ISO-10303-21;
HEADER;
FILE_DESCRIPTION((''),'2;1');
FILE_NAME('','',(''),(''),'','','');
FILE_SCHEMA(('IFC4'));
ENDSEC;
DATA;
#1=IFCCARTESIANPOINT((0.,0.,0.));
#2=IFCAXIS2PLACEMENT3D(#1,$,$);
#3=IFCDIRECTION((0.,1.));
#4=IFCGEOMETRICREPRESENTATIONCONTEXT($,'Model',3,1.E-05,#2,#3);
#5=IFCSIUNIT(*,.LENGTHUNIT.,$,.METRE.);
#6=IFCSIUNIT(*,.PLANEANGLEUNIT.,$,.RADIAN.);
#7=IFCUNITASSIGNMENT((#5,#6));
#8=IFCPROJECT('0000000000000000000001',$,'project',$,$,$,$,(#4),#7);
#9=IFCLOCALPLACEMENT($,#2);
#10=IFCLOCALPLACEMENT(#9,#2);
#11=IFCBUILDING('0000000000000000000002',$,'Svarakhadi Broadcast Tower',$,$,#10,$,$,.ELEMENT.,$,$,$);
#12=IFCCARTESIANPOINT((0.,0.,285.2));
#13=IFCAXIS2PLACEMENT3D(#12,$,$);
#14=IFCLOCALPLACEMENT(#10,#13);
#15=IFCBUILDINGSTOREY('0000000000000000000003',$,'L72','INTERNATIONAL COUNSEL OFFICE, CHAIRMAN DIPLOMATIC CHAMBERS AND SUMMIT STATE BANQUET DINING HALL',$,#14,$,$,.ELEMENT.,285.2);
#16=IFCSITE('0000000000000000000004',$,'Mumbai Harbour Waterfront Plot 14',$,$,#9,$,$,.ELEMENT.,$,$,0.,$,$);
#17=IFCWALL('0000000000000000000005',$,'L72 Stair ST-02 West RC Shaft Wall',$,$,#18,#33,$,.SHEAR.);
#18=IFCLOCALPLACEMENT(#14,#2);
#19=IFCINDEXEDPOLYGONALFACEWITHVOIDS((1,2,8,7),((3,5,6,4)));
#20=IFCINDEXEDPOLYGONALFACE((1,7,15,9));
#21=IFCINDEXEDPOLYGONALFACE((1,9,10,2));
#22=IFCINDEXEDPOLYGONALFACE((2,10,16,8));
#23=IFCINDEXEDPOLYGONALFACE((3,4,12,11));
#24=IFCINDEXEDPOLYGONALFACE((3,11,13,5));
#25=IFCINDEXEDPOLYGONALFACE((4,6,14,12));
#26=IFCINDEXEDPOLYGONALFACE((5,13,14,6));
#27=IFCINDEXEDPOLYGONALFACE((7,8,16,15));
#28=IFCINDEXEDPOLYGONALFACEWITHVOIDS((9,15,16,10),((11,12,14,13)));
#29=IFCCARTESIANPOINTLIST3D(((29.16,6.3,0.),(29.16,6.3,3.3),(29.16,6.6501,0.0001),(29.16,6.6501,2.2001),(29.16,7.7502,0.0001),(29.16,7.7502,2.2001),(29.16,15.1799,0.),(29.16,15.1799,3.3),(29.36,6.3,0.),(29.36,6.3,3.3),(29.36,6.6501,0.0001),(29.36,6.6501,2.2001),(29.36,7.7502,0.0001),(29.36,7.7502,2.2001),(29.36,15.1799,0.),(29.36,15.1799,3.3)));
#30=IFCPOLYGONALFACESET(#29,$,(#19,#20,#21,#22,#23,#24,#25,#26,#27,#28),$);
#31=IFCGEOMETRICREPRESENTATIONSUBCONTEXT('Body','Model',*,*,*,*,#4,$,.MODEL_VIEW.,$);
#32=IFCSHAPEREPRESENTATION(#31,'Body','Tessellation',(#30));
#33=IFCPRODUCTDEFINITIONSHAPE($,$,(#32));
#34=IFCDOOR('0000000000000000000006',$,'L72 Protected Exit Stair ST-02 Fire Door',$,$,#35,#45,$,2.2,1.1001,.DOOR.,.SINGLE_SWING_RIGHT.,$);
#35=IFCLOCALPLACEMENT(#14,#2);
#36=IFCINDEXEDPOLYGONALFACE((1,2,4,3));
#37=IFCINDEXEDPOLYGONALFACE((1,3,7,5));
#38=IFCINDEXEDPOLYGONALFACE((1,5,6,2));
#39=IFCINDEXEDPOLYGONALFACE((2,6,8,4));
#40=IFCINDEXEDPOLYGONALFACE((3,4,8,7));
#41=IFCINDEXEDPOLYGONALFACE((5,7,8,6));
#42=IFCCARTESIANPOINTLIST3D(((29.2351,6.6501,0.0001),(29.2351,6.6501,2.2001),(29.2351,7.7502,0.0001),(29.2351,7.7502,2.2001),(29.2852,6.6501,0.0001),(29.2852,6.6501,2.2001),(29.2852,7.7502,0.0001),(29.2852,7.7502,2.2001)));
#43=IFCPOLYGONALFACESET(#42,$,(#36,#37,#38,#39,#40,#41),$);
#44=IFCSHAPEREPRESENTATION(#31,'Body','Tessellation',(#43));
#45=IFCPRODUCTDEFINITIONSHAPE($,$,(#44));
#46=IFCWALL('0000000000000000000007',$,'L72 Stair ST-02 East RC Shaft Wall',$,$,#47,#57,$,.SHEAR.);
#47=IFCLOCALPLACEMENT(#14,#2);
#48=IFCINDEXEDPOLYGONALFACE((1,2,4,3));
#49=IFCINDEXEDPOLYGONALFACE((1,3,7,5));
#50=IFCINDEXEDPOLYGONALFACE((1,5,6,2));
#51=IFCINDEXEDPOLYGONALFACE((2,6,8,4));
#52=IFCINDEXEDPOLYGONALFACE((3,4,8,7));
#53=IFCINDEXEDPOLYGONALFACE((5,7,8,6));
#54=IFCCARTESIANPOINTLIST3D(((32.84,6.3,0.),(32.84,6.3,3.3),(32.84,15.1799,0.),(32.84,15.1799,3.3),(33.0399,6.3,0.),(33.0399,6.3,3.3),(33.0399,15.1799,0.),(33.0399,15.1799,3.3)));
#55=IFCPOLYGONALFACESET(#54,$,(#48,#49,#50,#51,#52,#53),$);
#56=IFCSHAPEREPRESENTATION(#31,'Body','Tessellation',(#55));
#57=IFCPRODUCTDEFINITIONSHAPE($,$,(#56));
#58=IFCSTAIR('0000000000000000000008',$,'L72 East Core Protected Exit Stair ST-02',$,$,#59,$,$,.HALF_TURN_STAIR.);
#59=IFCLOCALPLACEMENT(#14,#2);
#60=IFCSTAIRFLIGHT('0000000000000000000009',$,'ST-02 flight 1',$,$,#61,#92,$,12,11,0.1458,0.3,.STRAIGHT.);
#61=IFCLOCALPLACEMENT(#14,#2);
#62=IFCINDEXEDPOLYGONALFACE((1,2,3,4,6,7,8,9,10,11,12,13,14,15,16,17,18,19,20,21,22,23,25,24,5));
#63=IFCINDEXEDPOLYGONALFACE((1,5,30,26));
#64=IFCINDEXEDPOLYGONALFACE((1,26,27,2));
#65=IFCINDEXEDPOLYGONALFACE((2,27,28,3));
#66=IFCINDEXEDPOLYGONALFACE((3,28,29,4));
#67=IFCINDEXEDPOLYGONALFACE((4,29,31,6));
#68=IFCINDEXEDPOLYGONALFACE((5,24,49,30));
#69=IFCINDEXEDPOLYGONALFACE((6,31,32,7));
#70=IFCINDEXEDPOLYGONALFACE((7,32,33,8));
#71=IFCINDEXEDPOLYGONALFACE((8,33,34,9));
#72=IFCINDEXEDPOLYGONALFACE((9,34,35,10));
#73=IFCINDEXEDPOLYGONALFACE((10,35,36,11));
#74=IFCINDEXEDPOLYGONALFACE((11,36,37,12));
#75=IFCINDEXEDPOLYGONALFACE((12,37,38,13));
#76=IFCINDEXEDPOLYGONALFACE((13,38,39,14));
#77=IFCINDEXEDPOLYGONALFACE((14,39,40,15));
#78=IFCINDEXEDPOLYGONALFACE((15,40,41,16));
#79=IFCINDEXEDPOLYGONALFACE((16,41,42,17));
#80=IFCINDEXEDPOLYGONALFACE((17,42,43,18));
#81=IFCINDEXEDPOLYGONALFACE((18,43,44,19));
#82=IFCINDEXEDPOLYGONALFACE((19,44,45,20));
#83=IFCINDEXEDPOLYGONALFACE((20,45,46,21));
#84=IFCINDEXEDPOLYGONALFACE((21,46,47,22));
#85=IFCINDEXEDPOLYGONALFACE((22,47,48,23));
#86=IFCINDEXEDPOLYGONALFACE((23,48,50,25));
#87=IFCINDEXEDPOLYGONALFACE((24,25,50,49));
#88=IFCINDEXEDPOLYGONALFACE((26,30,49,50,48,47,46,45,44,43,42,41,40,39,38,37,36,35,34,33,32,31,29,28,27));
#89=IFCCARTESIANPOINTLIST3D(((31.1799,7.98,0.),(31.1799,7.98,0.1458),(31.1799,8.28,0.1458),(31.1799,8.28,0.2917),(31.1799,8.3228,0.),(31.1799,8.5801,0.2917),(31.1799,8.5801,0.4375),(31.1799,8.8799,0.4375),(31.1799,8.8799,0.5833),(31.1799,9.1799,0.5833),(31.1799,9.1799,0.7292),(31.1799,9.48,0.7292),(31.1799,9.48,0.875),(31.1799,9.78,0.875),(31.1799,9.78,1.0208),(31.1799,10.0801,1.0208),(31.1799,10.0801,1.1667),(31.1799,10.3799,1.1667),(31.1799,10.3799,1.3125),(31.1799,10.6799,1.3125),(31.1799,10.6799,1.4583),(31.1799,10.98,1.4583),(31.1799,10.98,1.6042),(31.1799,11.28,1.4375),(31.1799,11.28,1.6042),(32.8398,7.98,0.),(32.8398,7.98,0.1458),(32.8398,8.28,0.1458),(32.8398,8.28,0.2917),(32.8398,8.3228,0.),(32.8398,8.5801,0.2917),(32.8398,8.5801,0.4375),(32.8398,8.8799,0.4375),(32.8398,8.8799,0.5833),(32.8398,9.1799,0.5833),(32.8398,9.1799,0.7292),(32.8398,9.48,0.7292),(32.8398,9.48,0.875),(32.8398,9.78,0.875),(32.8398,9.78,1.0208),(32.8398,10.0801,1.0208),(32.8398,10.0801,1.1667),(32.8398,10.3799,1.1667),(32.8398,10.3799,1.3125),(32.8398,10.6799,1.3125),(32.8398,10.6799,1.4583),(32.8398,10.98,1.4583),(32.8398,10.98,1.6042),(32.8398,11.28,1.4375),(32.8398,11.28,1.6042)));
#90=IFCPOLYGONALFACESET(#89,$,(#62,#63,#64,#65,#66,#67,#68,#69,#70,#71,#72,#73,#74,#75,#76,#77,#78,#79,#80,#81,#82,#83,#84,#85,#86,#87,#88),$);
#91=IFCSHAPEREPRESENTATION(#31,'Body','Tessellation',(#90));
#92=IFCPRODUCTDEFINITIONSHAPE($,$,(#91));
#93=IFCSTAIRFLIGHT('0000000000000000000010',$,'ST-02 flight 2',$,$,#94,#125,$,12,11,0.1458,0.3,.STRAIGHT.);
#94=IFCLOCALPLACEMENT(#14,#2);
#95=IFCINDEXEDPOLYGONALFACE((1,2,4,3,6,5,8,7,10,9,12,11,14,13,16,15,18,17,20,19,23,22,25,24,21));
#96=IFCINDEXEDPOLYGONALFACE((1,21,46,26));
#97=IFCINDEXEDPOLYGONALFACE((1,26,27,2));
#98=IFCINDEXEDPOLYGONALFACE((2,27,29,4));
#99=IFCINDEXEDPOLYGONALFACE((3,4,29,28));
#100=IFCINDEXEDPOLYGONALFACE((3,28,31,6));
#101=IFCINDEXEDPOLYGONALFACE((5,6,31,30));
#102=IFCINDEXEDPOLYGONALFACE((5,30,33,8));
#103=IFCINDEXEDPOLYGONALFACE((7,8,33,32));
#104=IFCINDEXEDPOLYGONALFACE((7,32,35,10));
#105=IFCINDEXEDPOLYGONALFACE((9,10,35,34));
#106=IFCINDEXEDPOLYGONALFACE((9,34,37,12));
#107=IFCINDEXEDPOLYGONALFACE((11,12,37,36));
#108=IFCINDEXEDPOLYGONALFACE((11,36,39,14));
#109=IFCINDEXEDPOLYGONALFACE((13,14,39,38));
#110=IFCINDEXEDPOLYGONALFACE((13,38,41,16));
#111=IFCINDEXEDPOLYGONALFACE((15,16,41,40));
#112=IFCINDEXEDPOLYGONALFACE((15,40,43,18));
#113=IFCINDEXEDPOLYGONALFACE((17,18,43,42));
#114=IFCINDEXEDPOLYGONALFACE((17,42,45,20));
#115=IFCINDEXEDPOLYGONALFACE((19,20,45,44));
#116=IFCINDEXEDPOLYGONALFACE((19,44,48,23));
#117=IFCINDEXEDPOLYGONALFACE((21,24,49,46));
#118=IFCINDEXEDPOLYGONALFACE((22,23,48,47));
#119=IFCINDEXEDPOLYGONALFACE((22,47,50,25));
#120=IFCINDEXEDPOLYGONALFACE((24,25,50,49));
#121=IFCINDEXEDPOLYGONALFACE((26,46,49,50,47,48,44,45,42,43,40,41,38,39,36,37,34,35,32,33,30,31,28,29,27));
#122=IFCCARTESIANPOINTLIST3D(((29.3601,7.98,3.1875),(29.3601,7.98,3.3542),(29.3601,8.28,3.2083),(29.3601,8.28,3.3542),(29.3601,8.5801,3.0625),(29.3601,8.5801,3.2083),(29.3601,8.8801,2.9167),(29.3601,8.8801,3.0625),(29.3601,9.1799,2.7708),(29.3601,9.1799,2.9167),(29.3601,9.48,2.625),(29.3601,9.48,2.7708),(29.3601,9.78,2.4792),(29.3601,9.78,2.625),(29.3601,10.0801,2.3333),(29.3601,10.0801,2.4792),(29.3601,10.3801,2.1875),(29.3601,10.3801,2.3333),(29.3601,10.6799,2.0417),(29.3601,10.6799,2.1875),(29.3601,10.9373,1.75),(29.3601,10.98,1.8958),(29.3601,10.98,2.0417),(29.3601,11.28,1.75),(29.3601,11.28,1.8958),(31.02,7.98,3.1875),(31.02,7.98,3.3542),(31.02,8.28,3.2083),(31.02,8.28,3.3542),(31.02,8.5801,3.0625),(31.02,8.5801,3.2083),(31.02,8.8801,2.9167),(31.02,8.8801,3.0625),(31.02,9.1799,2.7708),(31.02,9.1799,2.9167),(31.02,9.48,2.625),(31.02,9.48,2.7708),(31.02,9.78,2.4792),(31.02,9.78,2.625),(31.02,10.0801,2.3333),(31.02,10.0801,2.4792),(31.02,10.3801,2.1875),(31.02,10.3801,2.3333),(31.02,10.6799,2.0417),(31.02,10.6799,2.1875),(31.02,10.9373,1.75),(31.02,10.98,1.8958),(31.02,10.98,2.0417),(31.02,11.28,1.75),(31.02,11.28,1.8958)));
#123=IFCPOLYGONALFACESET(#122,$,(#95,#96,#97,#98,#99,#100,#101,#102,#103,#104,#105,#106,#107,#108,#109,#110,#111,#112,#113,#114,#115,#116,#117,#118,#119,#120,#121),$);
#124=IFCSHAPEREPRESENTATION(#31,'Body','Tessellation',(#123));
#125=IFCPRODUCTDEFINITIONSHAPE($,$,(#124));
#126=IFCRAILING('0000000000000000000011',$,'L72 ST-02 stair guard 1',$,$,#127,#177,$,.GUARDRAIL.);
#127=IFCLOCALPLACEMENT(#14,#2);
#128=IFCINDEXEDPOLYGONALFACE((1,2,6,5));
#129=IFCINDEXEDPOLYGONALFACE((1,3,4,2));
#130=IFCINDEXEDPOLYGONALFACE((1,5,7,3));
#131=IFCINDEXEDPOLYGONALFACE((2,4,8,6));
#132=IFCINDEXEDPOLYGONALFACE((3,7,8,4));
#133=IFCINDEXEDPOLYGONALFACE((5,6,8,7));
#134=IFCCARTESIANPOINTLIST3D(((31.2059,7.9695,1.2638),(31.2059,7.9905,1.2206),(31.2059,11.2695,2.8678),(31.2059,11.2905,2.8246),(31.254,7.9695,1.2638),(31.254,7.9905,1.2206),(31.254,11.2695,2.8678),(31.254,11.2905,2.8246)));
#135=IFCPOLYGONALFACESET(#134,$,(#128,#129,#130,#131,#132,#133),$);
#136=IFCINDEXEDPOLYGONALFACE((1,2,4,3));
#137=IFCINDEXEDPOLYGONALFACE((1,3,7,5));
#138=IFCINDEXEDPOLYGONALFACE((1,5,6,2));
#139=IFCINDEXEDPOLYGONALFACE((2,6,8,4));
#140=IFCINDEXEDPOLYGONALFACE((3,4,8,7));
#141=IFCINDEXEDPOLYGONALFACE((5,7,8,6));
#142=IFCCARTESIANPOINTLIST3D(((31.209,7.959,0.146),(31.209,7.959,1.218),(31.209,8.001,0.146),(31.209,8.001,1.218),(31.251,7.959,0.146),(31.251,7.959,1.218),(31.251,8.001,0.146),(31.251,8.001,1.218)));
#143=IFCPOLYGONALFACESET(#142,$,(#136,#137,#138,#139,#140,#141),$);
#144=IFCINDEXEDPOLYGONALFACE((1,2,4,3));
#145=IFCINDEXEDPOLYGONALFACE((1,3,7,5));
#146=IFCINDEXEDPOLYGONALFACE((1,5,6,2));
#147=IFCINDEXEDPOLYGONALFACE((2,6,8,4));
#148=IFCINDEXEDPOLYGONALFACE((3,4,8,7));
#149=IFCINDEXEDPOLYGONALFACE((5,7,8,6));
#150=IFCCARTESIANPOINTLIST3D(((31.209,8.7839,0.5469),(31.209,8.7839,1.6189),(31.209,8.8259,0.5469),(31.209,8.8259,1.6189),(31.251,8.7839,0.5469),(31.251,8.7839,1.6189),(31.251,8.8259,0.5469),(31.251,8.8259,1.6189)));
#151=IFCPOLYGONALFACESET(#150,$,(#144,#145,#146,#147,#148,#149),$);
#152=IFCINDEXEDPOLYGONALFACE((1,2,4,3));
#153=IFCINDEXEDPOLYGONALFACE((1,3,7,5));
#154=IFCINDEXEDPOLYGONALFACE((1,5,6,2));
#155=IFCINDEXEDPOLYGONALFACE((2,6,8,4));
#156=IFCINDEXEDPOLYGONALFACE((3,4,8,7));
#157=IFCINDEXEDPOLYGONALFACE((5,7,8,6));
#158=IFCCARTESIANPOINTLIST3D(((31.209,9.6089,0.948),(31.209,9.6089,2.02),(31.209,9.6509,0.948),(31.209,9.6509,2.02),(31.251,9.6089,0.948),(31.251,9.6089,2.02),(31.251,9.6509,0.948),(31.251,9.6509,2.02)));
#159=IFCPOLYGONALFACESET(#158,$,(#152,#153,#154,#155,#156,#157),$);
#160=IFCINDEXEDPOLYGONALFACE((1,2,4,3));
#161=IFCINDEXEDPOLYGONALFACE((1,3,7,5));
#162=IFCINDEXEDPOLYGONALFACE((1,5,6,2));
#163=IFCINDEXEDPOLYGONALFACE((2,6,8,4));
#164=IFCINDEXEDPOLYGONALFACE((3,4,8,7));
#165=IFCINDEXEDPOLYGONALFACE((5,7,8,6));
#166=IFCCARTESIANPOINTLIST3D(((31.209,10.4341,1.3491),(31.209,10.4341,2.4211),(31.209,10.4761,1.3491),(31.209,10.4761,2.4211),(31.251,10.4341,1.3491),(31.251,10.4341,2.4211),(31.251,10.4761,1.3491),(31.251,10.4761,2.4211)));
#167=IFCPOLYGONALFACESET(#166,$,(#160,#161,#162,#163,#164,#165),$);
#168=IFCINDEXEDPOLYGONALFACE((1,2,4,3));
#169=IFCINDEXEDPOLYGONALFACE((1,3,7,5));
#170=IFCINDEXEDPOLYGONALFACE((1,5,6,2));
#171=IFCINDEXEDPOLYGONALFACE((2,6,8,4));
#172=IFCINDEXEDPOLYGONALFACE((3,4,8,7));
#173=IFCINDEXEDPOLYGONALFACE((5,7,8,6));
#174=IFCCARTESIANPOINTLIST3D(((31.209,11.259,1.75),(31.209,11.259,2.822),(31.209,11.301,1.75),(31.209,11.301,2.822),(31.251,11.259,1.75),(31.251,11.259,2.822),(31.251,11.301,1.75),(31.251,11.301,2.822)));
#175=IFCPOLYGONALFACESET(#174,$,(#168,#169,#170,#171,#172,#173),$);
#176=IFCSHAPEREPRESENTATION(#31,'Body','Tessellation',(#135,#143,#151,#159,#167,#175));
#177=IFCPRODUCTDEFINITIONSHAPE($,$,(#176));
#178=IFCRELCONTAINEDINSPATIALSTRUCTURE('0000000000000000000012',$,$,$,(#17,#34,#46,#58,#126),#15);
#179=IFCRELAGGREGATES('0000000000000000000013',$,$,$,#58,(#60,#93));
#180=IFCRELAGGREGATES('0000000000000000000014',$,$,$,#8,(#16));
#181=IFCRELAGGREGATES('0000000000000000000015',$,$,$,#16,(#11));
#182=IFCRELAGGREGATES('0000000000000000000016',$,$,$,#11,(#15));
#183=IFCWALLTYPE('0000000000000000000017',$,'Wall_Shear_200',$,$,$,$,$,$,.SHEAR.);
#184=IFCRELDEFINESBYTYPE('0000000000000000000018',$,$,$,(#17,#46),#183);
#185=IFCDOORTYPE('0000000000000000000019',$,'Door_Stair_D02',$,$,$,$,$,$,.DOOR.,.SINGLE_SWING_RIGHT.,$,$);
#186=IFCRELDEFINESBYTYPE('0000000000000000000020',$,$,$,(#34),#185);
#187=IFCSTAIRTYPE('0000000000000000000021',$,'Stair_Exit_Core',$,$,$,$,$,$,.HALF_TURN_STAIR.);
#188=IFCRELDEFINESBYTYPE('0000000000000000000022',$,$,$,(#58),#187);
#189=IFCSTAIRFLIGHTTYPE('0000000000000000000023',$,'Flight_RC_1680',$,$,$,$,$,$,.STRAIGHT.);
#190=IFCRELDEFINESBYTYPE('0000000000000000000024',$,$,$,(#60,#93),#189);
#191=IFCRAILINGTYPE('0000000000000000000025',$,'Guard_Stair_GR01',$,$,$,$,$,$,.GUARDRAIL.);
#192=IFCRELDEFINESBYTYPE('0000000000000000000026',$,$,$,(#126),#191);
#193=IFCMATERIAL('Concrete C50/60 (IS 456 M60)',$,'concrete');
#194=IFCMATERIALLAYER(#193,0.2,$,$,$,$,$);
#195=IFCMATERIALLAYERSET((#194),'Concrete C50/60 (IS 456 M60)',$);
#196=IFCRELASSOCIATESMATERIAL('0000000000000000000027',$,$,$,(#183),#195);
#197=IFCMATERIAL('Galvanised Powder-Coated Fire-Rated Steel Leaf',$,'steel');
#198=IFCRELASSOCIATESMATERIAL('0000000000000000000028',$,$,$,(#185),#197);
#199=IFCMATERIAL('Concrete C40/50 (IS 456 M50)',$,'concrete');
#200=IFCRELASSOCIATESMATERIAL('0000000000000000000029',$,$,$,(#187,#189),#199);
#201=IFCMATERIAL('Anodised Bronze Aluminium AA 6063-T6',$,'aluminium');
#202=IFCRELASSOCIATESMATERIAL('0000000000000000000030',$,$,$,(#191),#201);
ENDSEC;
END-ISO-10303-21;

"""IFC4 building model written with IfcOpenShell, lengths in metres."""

from ifc_helpers import new_model, si_unit, direction, frame, frame_2d, origin, origin_2d, place, context, subcontext, project, spatial, polyline, rectangle, outline, extrude, material, layer, layer_set, type_object, element, fill, aggregate, save


model = new_model("IFC4")

# Units and contexts
model_context = context("Model", 3, precision=1e-05, world=origin(), true_north=direction((0.0, 1.0)))
body_context = subcontext(model_context, "Body", "Model", "MODEL_VIEW")
ifc_project = project(units=[si_unit("LENGTHUNIT", "METRE"), si_unit("PLANEANGLEUNIT", "RADIAN")], contexts=[model_context])

# Site, building, storey
site_placement = place(None, origin())
site = spatial("IfcSite", under=ifc_project, at=site_placement, Name="Mumbai Harbour Waterfront Plot 14", CompositionType="ELEMENT", RefElevation=0.0)
building_placement = place(site_placement, origin())
building = spatial("IfcBuilding", under=site, at=building_placement, Name="Svarakhadi Broadcast Tower", CompositionType="ELEMENT")
storey_placement = place(building_placement, frame((0.0, 0.0, 285.2)))
storey = spatial("IfcBuildingStorey", under=building, at=storey_placement, Name="L72", Description="INTERNATIONAL COUNSEL OFFICE, CHAIRMAN DIPLOMATIC CHAMBERS AND SUMMIT STATE BANQUET DINING HALL", CompositionType="ELEMENT", Elevation=285.2)

# Shared definitions
ifc_material_1 = material(Name="Anodised Bronze Aluminium AA 6063-T6", Category="aluminium")

# Shared definitions
ifc_material_2 = material(Name="Concrete C50/60 (IS 456 M60)", Category="concrete")

# Shared definitions
ifc_material_3 = material(Name="Concrete C40/50 (IS 456 M50)", Category="concrete")

# Wall, opening, door
ifc_layer_1 = layer(ifc_material_2, 0.2)
ifc_layer_set_1 = layer_set([ifc_layer_1], Name="Concrete C50/60 (IS 456 M60)")
wall_type_1 = type_object("IfcWallType", Name="Wall_Shear_200", PredefinedType="SHEAR", material=ifc_layer_set_1)
wall_1_placement = place(storey_placement, frame((29.26, 6.3, 0.0), z_axis=(0.0, 0.0, 1.0), x_axis=(0.0, 1.0, 0.0)))
wall_1 = element("IfcWall", 1, at=wall_1_placement, inside=storey, type_object=wall_type_1, Name="L72 Stair ST-02 West RC Shaft Wall", PredefinedType="SHEAR", context=body_context, shape_type="SweptSolid", body=[
    extrude(rectangle(XDim=8.8799, YDim=0.2, at=frame_2d((4.4399, 0.0))), origin(), (0.0, 0.0, 1.0), 3.3),
])
opening_placement = place(wall_1_placement, frame((0.3501, 0.0, 0.0)))
opening = element("IfcOpeningElement", 2, at=opening_placement, cuts=wall_1, PredefinedType="OPENING", context=body_context, shape_type="SweptSolid", body=[
    extrude(rectangle(XDim=1.1001, YDim=2.2, at=frame_2d((0.55, 1.1001))), frame((0.0, 0.1099, 0.0), z_axis=(0.0, -1.0, 0.0), x_axis=(1.0, 0.0, 0.0)), (0.0, 0.0, 1.0), 0.22),
])
ifc_material_4 = material(Name="Galvanised Powder-Coated Fire-Rated Steel Leaf", Category="steel")
door_type = type_object("IfcDoorType", Name="Door_Stair_D02", OperationType="SINGLE_SWING_RIGHT", PredefinedType="DOOR", material=ifc_material_4)
door_placement = place(opening_placement, origin())
door = element("IfcDoor", 3, at=door_placement, inside=storey, type_object=door_type, Name="L72 Protected Exit Stair ST-02 Fire Door", OperationType="SINGLE_SWING_RIGHT", OverallHeight=2.2, OverallWidth=1.1001, PredefinedType="DOOR", context=body_context, shape_type="SweptSolid", body=[
    extrude(rectangle(XDim=1.1001, YDim=2.2, at=frame_2d((0.55, 1.1001))), frame((0.0, 0.0249, 0.0), z_axis=(0.0, -1.0, 0.0), x_axis=(1.0, 0.0, 0.0)), (0.0, 0.0, 1.0), 0.05),
])
fill(opening, door)

# Wall
wall_2_placement = place(storey_placement, frame((32.9399, 6.3, 0.0), z_axis=(0.0, 0.0, 1.0), x_axis=(0.0, 1.0, 0.0)))
element("IfcWall", 4, at=wall_2_placement, inside=storey, type_object=wall_type_1, Name="L72 Stair ST-02 East RC Shaft Wall", PredefinedType="SHEAR", context=body_context, shape_type="SweptSolid", body=[
    extrude(rectangle(XDim=8.8799, YDim=0.2, at=frame_2d((4.4399, 0.0))), origin(), (0.0, 0.0, 1.0), 3.3),
])

# Stair, stair flights
stair_type = type_object("IfcStairType", Name="Stair_Exit_Core", PredefinedType="HALF_TURN_STAIR", material=ifc_material_3)
stair_placement = place(storey_placement, origin())
stair = element("IfcStair", 5, at=stair_placement, inside=storey, type_object=stair_type, Name="L72 East Core Protected Exit Stair ST-02", PredefinedType="HALF_TURN_STAIR")
stair_flight_type = type_object("IfcStairFlightType", Name="Flight_RC_1680", PredefinedType="STRAIGHT", material=ifc_material_3)
stair_flight_1_placement = place(storey_placement, frame((32.01, 7.98, 0.0), z_axis=(0.0, 0.0, 1.0), x_axis=(0.0, 1.0, 0.0)))
stair_flight_1 = element("IfcStairFlight", 6, at=stair_flight_1_placement, type_object=stair_flight_type, Name="ST-02 flight 1", NumberOfRisers=12, NumberOfTreads=11, PredefinedType="STRAIGHT", RiserHeight=0.1458, TreadLength=0.3, context=body_context, shape_type="SweptSolid", body=[
    extrude(outline(polyline([(0.0, 0.0), (0.0, 0.1458), (0.3, 0.1458), (0.3, 0.2917), (0.6001, 0.2917), (0.6001, 0.4375), (0.8999, 0.4375), (0.8999, 0.5833), (1.2, 0.5833), (1.2, 0.7292), (1.5, 0.7292), (1.5, 0.875), (1.8, 0.875), (1.8, 1.0208), (2.1001, 1.0208), (2.1001, 1.1667), (2.3999, 1.1667), (2.3999, 1.3125), (2.7, 1.3125), (2.7, 1.4583), (3.0, 1.4583), (3.0, 1.6042), (3.3, 1.6042), (3.3, 1.75), (3.3, 1.4375), (0.3428, 0.0), (0.0, 0.0)])), frame((0.0, 0.8301, 0.0), z_axis=(0.0, -1.0, 0.0), x_axis=(1.0, 0.0, 0.0)), (0.0, 0.0, 1.0), 1.6599),
])
stair_flight_2_placement = place(storey_placement, frame((30.1899, 11.28, 1.75), z_axis=(0.0, 0.0, 1.0), x_axis=(0.0, -1.0, 0.0)))
stair_flight_2 = element("IfcStairFlight", 7, at=stair_flight_2_placement, type_object=stair_flight_type, Name="ST-02 flight 2", NumberOfRisers=12, NumberOfTreads=11, PredefinedType="STRAIGHT", RiserHeight=0.1458, TreadLength=0.3, context=body_context, shape_type="SweptSolid", body=[
    extrude(outline(polyline([(0.0, 0.0), (0.0, 0.1458), (0.3, 0.1458), (0.3, 0.2917), (0.6001, 0.2917), (0.6001, 0.4375), (0.8999, 0.4375), (0.8999, 0.5833), (1.2, 0.5833), (1.2, 0.7292), (1.5, 0.7292), (1.5, 0.875), (1.8, 0.875), (1.8, 1.0208), (2.1001, 1.0208), (2.1001, 1.1667), (2.3999, 1.1667), (2.3999, 1.3125), (2.7, 1.3125), (2.7, 1.4583), (3.0, 1.4583), (3.0, 1.6042), (3.3, 1.6042), (3.3, 1.75), (3.3, 1.4375), (0.3428, 0.0), (0.0, 0.0)])), frame((0.0, 0.8301, 0.0), z_axis=(0.0, -1.0, 0.0), x_axis=(1.0, 0.0, 0.0)), (0.0, 0.0, 1.0), 1.6599),
])
aggregate(stair, [stair_flight_1, stair_flight_2])

# Railing
railing_type_1 = type_object("IfcRailingType", Name="Guard_Stair_GR01", PredefinedType="GUARDRAIL", material=ifc_material_1)
railing_1_placement = place(storey_placement, frame((31.23, 7.98, 0.146)))
element("IfcRailing", 8, at=railing_1_placement, inside=storey, type_object=railing_type_1, Name="L72 ST-02 stair guard 1", PredefinedType="GUARDRAIL", context=body_context, shape_type="SweptSolid", body=[
    extrude(rectangle(XDim=0.0481, YDim=0.0481, at=origin_2d()), frame((0.0, 0.0, 1.0962), z_axis=(0.0, 0.899388, 0.437152), x_axis=(-1.0, 0.0, 0.0)), (0.0, 0.0, 1.0), 3.6692),
    extrude(rectangle(XDim=0.042, YDim=0.042, at=origin_2d()), origin(), (0.0, 0.0, 1.0), 1.072),
    extrude(rectangle(XDim=0.042, YDim=0.042, at=origin_2d()), frame((0.0, 0.825, 0.4009)), (0.0, 0.0, 1.0), 1.072),
    extrude(rectangle(XDim=0.042, YDim=0.042, at=origin_2d()), frame((0.0, 1.6499, 0.802)), (0.0, 0.0, 1.0), 1.072),
    extrude(rectangle(XDim=0.042, YDim=0.042, at=origin_2d()), frame((0.0, 2.4751, 1.2031)), (0.0, 0.0, 1.0), 1.072),
    extrude(rectangle(XDim=0.042, YDim=0.042, at=origin_2d()), frame((0.0, 3.3, 1.604)), (0.0, 0.0, 1.0), 1.072),
])

save(model, "model.ifc")
